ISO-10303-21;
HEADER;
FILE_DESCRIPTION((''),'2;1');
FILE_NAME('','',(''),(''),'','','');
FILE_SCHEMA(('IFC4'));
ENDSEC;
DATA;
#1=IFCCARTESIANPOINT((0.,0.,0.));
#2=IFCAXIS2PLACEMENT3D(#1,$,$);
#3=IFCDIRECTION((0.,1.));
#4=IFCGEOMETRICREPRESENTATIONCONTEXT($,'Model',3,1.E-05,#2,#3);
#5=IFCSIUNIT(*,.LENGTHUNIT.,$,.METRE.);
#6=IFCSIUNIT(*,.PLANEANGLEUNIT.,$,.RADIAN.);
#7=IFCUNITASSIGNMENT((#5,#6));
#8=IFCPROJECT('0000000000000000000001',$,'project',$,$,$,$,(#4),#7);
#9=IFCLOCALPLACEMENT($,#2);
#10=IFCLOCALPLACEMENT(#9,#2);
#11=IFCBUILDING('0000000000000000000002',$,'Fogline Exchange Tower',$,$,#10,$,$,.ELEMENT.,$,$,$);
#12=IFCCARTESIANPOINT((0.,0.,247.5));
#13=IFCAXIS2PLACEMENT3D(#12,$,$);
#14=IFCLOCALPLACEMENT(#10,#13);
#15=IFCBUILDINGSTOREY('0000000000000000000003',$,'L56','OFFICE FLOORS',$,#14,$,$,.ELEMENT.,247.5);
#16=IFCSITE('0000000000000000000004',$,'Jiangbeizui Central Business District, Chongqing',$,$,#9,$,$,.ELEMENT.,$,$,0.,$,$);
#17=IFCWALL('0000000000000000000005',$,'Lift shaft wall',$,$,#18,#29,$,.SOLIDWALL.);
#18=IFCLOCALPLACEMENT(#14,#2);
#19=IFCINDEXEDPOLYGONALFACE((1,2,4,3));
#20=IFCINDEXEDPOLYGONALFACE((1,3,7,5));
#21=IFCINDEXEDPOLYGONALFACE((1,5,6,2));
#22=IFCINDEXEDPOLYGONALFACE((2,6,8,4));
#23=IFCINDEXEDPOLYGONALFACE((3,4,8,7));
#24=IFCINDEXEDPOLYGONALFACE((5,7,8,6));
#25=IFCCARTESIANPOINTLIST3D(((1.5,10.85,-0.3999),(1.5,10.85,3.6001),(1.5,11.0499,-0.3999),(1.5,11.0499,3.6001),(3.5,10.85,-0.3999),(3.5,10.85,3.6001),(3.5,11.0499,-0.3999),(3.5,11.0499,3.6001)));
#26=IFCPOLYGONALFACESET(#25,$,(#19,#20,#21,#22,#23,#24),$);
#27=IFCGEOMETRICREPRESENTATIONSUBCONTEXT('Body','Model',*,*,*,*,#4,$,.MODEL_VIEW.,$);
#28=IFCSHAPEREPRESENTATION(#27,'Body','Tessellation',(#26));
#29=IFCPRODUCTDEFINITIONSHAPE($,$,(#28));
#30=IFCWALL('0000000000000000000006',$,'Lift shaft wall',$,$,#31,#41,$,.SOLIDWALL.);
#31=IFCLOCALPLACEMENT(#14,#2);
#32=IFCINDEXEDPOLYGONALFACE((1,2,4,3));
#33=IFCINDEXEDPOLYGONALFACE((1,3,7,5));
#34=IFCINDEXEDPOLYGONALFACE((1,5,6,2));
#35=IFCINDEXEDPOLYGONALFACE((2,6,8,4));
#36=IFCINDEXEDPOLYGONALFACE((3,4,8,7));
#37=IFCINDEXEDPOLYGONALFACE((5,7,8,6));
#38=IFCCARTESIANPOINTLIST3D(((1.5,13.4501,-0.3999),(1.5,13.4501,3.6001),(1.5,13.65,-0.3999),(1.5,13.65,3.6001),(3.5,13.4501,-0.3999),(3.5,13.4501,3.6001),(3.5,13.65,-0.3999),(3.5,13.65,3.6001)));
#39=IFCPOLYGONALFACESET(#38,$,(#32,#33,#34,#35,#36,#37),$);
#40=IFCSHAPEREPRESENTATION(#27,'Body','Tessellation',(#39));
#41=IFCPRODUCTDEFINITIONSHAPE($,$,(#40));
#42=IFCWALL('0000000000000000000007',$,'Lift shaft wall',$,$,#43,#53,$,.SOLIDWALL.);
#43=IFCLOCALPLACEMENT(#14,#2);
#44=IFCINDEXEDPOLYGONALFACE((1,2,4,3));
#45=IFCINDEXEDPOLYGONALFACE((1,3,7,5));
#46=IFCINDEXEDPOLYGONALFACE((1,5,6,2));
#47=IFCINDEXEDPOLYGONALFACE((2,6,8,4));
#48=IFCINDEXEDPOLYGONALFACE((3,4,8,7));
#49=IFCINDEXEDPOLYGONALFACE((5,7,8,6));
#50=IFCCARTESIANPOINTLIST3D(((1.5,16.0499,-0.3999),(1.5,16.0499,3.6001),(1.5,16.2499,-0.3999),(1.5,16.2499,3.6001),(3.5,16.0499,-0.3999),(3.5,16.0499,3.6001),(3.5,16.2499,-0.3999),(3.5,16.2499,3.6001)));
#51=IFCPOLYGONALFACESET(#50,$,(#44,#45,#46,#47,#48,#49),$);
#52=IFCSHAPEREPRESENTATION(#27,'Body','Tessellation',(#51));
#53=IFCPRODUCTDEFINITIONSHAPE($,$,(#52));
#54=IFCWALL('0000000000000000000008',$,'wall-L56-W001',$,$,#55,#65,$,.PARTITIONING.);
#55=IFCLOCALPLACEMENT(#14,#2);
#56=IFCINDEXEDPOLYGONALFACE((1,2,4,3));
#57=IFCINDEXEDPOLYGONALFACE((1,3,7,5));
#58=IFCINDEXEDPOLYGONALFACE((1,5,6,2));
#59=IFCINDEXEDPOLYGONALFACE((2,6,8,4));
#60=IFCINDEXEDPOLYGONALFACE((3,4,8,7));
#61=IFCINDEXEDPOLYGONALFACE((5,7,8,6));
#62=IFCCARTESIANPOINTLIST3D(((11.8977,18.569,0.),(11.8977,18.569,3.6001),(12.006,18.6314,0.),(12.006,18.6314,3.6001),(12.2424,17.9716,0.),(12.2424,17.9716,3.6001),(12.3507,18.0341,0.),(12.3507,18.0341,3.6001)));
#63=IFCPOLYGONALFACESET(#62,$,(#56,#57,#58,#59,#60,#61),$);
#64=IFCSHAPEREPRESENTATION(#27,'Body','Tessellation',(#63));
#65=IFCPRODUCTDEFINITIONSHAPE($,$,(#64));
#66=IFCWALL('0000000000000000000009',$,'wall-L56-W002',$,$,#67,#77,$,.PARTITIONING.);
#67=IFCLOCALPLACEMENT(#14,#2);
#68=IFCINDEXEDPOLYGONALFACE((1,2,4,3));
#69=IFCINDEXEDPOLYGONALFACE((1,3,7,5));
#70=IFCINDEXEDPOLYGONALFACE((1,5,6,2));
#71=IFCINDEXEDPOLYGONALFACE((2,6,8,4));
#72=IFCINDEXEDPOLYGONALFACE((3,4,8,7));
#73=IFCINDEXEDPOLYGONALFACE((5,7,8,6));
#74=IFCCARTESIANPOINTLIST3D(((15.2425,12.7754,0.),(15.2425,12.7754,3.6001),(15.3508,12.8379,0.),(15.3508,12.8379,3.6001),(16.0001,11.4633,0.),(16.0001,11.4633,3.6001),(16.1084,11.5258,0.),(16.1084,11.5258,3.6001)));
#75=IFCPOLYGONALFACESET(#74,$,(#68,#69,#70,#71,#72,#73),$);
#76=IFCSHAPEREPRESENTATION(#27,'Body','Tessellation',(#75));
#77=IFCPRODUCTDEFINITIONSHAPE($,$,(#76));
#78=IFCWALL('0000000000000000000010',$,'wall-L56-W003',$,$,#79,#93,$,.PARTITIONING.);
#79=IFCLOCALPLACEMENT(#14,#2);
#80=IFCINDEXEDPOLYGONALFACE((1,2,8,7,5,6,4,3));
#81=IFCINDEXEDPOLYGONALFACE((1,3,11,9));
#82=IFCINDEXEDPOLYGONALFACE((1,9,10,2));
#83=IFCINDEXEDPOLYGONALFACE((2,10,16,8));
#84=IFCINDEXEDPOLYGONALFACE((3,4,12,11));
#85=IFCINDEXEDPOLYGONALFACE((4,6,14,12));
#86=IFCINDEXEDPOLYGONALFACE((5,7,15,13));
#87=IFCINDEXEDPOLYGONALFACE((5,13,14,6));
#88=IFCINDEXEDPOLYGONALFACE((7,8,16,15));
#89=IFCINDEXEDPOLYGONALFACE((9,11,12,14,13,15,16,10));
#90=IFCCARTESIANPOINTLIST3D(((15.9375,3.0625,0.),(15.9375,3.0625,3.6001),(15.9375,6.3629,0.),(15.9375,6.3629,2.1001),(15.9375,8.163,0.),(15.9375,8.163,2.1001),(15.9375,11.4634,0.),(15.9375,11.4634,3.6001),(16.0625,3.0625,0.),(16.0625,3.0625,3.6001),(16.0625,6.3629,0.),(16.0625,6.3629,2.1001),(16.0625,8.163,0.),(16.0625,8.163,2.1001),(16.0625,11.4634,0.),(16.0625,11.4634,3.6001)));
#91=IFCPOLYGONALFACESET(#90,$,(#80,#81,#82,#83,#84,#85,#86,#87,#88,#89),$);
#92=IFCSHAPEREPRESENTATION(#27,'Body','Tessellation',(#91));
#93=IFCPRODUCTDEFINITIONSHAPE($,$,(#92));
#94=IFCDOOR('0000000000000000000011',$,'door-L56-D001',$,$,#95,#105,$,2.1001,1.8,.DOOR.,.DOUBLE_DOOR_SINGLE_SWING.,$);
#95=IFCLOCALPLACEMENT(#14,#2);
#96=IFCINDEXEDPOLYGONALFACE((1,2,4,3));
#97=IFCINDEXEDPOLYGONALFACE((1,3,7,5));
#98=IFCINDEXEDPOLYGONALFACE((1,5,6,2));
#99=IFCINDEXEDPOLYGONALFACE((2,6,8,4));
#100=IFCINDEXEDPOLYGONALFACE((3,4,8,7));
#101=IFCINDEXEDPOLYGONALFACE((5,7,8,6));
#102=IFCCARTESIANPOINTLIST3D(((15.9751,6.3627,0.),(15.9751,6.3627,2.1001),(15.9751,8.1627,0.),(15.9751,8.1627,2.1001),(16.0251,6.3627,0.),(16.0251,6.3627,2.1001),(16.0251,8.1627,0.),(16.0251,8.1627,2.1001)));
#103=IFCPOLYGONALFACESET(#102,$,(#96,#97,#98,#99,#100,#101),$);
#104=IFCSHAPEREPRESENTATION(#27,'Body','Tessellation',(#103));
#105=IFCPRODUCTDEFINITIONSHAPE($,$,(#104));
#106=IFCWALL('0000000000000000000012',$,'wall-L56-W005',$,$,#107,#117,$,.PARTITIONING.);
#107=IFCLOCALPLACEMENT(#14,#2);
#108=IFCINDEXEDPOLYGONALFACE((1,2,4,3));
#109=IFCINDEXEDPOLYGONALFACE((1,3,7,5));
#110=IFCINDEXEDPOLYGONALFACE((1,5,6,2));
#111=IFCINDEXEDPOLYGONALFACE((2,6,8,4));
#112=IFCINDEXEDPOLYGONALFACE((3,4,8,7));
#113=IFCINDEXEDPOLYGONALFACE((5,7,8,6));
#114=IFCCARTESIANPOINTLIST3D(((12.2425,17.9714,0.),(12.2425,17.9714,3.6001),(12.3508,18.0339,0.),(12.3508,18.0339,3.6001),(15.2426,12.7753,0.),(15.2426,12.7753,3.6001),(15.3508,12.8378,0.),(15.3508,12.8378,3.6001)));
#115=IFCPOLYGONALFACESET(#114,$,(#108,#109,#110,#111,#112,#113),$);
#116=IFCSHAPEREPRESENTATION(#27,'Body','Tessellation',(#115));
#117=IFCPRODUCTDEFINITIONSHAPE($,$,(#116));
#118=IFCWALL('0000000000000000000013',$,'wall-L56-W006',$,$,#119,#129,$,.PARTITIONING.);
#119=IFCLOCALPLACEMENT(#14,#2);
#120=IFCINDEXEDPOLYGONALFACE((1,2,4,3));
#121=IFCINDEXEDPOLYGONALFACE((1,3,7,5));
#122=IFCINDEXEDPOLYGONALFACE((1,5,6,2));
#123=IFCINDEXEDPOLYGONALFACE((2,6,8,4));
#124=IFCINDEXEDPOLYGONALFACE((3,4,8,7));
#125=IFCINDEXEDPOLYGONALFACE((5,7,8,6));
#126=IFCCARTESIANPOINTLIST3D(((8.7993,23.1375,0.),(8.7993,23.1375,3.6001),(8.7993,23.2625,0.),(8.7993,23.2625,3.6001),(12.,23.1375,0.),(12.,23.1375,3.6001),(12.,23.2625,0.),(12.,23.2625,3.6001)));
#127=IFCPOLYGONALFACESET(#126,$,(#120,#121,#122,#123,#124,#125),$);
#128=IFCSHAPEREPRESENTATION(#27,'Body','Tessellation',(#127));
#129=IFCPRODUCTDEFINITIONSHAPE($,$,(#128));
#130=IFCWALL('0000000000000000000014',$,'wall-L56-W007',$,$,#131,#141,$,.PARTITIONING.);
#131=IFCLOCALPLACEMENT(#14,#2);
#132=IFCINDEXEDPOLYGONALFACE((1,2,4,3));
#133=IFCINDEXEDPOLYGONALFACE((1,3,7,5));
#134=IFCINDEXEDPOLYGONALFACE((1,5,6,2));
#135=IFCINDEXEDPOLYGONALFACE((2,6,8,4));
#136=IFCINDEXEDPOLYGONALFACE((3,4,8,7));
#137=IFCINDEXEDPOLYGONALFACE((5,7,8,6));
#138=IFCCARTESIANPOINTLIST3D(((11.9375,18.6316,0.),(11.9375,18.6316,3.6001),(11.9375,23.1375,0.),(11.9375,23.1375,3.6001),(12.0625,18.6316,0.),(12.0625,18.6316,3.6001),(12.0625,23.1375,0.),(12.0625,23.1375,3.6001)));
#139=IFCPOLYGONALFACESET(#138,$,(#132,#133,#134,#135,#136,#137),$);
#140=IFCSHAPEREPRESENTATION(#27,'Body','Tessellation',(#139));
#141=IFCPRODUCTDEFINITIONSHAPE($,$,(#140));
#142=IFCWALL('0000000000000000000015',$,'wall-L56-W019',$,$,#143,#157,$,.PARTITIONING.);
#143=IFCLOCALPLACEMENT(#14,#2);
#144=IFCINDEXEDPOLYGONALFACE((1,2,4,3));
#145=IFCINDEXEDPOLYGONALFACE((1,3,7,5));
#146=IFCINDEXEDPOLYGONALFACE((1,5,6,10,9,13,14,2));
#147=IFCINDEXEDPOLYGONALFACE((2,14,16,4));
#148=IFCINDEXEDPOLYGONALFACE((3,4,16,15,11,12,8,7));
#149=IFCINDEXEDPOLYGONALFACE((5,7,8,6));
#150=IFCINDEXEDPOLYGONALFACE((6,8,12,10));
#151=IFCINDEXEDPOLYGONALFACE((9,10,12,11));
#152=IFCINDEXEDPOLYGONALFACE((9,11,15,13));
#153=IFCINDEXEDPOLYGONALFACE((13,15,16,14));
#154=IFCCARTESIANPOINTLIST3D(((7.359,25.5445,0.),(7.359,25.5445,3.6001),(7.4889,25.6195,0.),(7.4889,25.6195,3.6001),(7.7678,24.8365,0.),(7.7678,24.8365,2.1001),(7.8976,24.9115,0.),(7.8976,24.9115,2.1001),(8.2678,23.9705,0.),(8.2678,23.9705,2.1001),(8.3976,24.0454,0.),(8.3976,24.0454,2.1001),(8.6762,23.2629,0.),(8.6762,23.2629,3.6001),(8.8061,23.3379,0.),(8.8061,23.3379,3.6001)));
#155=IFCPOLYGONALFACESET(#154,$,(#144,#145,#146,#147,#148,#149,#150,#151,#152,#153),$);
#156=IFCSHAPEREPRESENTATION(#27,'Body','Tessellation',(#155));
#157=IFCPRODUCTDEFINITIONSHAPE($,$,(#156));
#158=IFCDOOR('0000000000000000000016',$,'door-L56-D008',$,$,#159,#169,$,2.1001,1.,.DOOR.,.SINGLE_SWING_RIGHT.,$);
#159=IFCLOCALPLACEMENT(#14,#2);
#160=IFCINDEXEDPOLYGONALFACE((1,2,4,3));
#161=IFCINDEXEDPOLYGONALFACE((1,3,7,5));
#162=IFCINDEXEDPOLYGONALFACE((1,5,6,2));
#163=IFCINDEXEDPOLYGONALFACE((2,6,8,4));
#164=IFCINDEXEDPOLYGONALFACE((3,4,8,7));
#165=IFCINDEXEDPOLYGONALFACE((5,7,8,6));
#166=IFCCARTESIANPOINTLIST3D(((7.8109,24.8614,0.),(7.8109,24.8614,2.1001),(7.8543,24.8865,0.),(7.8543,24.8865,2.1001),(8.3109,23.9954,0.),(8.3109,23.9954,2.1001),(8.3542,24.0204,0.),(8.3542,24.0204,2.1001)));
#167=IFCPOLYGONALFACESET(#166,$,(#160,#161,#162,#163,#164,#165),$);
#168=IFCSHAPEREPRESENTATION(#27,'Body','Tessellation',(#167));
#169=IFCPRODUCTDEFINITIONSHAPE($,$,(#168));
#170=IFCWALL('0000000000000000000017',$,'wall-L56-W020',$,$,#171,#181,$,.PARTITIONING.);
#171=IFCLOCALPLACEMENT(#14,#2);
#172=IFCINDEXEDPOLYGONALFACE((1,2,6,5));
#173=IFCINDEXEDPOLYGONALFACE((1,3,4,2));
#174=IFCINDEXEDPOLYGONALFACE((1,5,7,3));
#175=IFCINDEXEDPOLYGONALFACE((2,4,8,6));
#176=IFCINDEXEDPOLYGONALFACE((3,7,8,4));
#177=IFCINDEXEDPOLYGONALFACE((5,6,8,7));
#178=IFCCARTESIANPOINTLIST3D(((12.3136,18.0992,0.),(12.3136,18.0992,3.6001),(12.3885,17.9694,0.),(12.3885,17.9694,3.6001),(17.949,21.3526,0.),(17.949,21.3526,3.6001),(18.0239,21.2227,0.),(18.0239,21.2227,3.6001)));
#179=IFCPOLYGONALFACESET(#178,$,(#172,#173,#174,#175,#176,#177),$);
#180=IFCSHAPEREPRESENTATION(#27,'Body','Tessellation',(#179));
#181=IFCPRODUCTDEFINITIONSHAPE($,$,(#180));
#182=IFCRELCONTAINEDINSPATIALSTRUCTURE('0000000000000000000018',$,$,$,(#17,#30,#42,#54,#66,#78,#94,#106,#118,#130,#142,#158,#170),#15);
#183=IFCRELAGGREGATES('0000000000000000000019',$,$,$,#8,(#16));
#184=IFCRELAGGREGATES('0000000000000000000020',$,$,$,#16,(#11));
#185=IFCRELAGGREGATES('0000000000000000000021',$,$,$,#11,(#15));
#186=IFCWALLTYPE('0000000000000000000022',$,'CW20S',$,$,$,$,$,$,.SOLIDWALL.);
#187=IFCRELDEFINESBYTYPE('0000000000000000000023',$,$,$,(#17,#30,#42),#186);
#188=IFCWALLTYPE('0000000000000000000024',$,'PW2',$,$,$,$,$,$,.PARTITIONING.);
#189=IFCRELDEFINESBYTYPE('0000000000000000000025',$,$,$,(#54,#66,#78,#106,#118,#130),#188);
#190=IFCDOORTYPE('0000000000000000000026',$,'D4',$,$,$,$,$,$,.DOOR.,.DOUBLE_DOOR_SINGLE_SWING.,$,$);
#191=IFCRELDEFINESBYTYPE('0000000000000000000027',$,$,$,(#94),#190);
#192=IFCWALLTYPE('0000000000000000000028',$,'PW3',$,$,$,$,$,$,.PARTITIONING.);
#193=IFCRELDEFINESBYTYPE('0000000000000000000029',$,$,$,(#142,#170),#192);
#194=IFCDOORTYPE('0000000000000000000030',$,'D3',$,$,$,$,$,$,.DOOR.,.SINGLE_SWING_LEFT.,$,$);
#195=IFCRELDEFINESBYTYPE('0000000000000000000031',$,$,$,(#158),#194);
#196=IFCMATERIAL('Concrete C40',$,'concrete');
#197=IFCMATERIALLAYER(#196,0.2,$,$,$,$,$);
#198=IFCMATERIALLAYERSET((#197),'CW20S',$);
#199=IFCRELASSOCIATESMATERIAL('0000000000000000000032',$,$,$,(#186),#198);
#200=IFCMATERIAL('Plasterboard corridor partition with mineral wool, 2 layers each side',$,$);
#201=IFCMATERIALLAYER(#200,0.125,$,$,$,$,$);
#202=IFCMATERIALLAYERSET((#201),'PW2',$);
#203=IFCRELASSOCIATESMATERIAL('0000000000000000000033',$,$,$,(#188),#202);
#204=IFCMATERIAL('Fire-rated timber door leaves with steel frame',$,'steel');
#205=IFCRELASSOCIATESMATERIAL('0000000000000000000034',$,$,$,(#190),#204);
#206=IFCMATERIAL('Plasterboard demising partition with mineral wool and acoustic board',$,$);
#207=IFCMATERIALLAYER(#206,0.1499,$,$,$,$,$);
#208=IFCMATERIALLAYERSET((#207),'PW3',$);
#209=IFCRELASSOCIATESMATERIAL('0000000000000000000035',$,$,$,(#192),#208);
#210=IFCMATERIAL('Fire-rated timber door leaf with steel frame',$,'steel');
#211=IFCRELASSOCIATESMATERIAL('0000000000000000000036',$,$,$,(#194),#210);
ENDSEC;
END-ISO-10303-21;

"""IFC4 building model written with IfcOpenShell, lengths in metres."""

from ifc_helpers import new_model, si_unit, direction, frame, frame_2d, origin, place, context, subcontext, project, spatial, rectangle, extrude, material, layer, layer_set, type_object, element, fill, save


model = new_model("IFC4")

# Units and contexts
model_context = context("Model", 3, precision=1e-05, world=origin(), true_north=direction((0.0, 1.0)))
body_context = subcontext(model_context, "Body", "Model", "MODEL_VIEW")
ifc_project = project(units=[si_unit("LENGTHUNIT", "METRE"), si_unit("PLANEANGLEUNIT", "RADIAN")], contexts=[model_context])

# Site, building, storey
site_placement = place(None, origin())
site = spatial("IfcSite", under=ifc_project, at=site_placement, Name="Jiangbeizui Central Business District, Chongqing", CompositionType="ELEMENT", RefElevation=0.0)
building_placement = place(site_placement, origin())
building = spatial("IfcBuilding", under=site, at=building_placement, Name="Fogline Exchange Tower", CompositionType="ELEMENT")
storey_placement = place(building_placement, frame((0.0, 0.0, 247.5)))
storey = spatial("IfcBuildingStorey", under=building, at=storey_placement, Name="L56", Description="OFFICE FLOORS", CompositionType="ELEMENT", Elevation=247.5)

# Shared definitions
ifc_material_1 = material(Name="Concrete C40", Category="concrete")

# Walls
ifc_layer_1 = layer(ifc_material_1, 0.2)
ifc_layer_set_1 = layer_set([ifc_layer_1], Name="CW20S")
wall_type_1 = type_object("IfcWallType", Name="CW20S", PredefinedType="SOLIDWALL", material=ifc_layer_set_1)
for number, where, z_axis, x_axis, name in (
    (1, (1.5, 10.95, -0.3999), (0.0, 0.0, 1.0), (1.0, 0.0, 0.0), "Lift shaft wall"),
    (2, (1.5, 13.55, -0.3999), (0.0, 0.0, 1.0), (1.0, 0.0, 0.0), "Lift shaft wall"),
    (3, (1.5, 16.1499, -0.3999), (0.0, 0.0, 1.0), (1.0, 0.0, 0.0), "Lift shaft wall"),
):
    element("IfcWall", number, at=place(storey_placement, frame(where, z_axis=z_axis, x_axis=x_axis)), inside=storey, type_object=wall_type_1, Name=name, PredefinedType="SOLIDWALL", context=body_context, shape_type="SweptSolid", body=[
        extrude(rectangle(XDim=2.0, YDim=0.2, at=frame_2d((1.0, 0.0))), origin(), (0.0, 0.0, 1.0), 4.0),
    ])
ifc_material_2 = material(Name="Plasterboard corridor partition with mineral wool, 2 layers each side")
ifc_layer_2 = layer(ifc_material_2, 0.125)
ifc_layer_set_2 = layer_set([ifc_layer_2], Name="PW2")
wall_type_2 = type_object("IfcWallType", Name="PW2", PredefinedType="PARTITIONING", material=ifc_layer_set_2)
wall_1_placement = place(storey_placement, frame((11.9519, 18.6001, 0.0), z_axis=(0.0, 0.0, 1.0), x_axis=(0.499794, -0.866144, 0.0)))
element("IfcWall", 4, at=wall_1_placement, inside=storey, type_object=wall_type_2, Name="wall-L56-W001", PredefinedType="PARTITIONING", context=body_context, shape_type="SweptSolid", body=[
    extrude(rectangle(XDim=0.6897, YDim=0.125, at=frame_2d((0.3447, 0.0))), origin(), (0.0, 0.0, 1.0), 3.6001),
])
wall_2_placement = place(storey_placement, frame((15.2966, 12.8066, 0.0), z_axis=(0.0, 0.0, 1.0), x_axis=(0.500039, -0.866003, 0.0)))
element("IfcWall", 5, at=wall_2_placement, inside=storey, type_object=wall_type_2, Name="wall-L56-W002", PredefinedType="PARTITIONING", context=body_context, shape_type="SweptSolid", body=[
    extrude(rectangle(XDim=1.5151, YDim=0.125, at=frame_2d((0.7576, 0.0))), origin(), (0.0, 0.0, 1.0), 3.6001),
])

# Wall, opening, door
wall_3_placement = place(storey_placement, frame((16.0, 11.4634, 0.0), z_axis=(0.0, 0.0, 1.0), x_axis=(0.0, -1.0, 0.0)))
wall_3 = element("IfcWall", 6, at=wall_3_placement, inside=storey, type_object=wall_type_2, Name="wall-L56-W003", PredefinedType="PARTITIONING", context=body_context, shape_type="SweptSolid", body=[
    extrude(rectangle(XDim=8.4009, YDim=0.125, at=frame_2d((4.2004, 0.0))), origin(), (0.0, 0.0, 1.0), 3.6001),
])
opening_1_placement = place(wall_3_placement, frame((3.3005, 0.0, 0.0)))
opening_1 = element("IfcOpeningElement", 7, at=opening_1_placement, cuts=wall_3, PredefinedType="OPENING", context=body_context, shape_type="SweptSolid", body=[
    extrude(rectangle(XDim=1.8, YDim=2.1001, at=frame_2d((0.8999, 1.05))), frame((0.0, 0.0725, 0.0), z_axis=(0.0, -1.0, 0.0), x_axis=(1.0, 0.0, 0.0)), (0.0, 0.0, 1.0), 0.145),
])
ifc_material_3 = material(Name="Fire-rated timber door leaves with steel frame", Category="steel")
door_type_1 = type_object("IfcDoorType", Name="D4", OperationType="DOUBLE_DOOR_SINGLE_SWING", PredefinedType="DOOR", material=ifc_material_3)
door_1_placement = place(opening_1_placement, frame((1.8, 0.0, 0.0), z_axis=(0.0, 0.0, 1.0), x_axis=(-1.0, 0.0, 0.0)))
door_1 = element("IfcDoor", 8, at=door_1_placement, inside=storey, type_object=door_type_1, Name="door-L56-D001", OperationType="DOUBLE_DOOR_SINGLE_SWING", OverallHeight=2.1001, OverallWidth=1.8, PredefinedType="DOOR", context=body_context, shape_type="SweptSolid", body=[
    extrude(rectangle(XDim=1.8, YDim=2.1001, at=frame_2d((0.8999, 1.05))), frame((0.0, 0.0249, 0.0), z_axis=(0.0, -1.0, 0.0), x_axis=(1.0, 0.0, 0.0)), (0.0, 0.0, 1.0), 0.05),
])
fill(opening_1, door_1)

# Walls
wall_4_placement = place(storey_placement, frame((12.2966, 18.0027, 0.0), z_axis=(0.0, 0.0, 1.0), x_axis=(0.500008, -0.866021, 0.0)))
element("IfcWall", 9, at=wall_4_placement, inside=storey, type_object=wall_type_2, Name="wall-L56-W005", PredefinedType="PARTITIONING", context=body_context, shape_type="SweptSolid", body=[
    extrude(rectangle(XDim=6.0, YDim=0.125, at=frame_2d((3.0, 0.0))), origin(), (0.0, 0.0, 1.0), 3.6001),
])
wall_5_placement = place(storey_placement, frame((8.7993, 23.2, 0.0), z_axis=(0.0, 0.0, 1.0), x_axis=(1.0, 0.0, 0.0)))
element("IfcWall", 10, at=wall_5_placement, inside=storey, type_object=wall_type_2, Name="wall-L56-W006", PredefinedType="PARTITIONING", context=body_context, shape_type="SweptSolid", body=[
    extrude(rectangle(XDim=3.2007, YDim=0.125, at=frame_2d((1.6003, 0.0))), origin(), (0.0, 0.0, 1.0), 3.6001),
])
wall_6_placement = place(storey_placement, frame((12.0, 23.1375, 0.0), z_axis=(0.0, 0.0, 1.0), x_axis=(0.0, -1.0, 0.0)))
element("IfcWall", 11, at=wall_6_placement, inside=storey, type_object=wall_type_2, Name="wall-L56-W007", PredefinedType="PARTITIONING", context=body_context, shape_type="SweptSolid", body=[
    extrude(rectangle(XDim=4.5059, YDim=0.125, at=frame_2d((2.2529, 0.0))), origin(), (0.0, 0.0, 1.0), 3.6001),
])

# Wall, opening, door
ifc_material_4 = material(Name="Plasterboard demising partition with mineral wool and acoustic board")
ifc_layer_3 = layer(ifc_material_4, 0.1499)
ifc_layer_set_3 = layer_set([ifc_layer_3], Name="PW3")
wall_type_3 = type_object("IfcWallType", Name="PW3", PredefinedType="PARTITIONING", material=ifc_layer_set_3)
wall_7_placement = place(storey_placement, frame((8.7412, 23.3003, 0.0), z_axis=(0.0, 0.0, 1.0), x_axis=(-0.499976, 0.866039, 0.0)))
wall_7 = element("IfcWall", 12, at=wall_7_placement, inside=storey, type_object=wall_type_3, Name="wall-L56-W019", PredefinedType="PARTITIONING", context=body_context, shape_type="SweptSolid", body=[
    extrude(rectangle(XDim=2.6345, YDim=0.1499, at=frame_2d((1.3174, 0.0))), origin(), (0.0, 0.0, 1.0), 3.6001),
])
opening_2_placement = place(wall_7_placement, frame((0.8171, 0.0, 0.0)))
opening_2 = element("IfcOpeningElement", 13, at=opening_2_placement, cuts=wall_7, PredefinedType="OPENING", context=body_context, shape_type="SweptSolid", body=[
    extrude(rectangle(XDim=1.0, YDim=2.1001, at=frame_2d((0.5, 1.05))), frame((0.0, 0.085, 0.0), z_axis=(0.0, -1.0, 0.0), x_axis=(1.0, 0.0, 0.0)), (0.0, 0.0, 1.0), 0.1699),
])
ifc_material_5 = material(Name="Fire-rated timber door leaf with steel frame", Category="steel")
door_type_2 = type_object("IfcDoorType", Name="D3", OperationType="SINGLE_SWING_LEFT", PredefinedType="DOOR", material=ifc_material_5)
door_2_placement = place(opening_2_placement, frame((1.0, 0.0, 0.0), z_axis=(0.0, 0.0, 1.0), x_axis=(-1.0, 0.0, 0.0)))
door_2 = element("IfcDoor", 14, at=door_2_placement, inside=storey, type_object=door_type_2, Name="door-L56-D008", OperationType="SINGLE_SWING_RIGHT", OverallHeight=2.1001, OverallWidth=1.0, PredefinedType="DOOR", context=body_context, shape_type="SweptSolid", body=[
    extrude(rectangle(XDim=1.0, YDim=2.1001, at=frame_2d((0.5, 1.05))), frame((0.0, 0.0249, 0.0), z_axis=(0.0, -1.0, 0.0), x_axis=(1.0, 0.0, 0.0)), (0.0, 0.0, 1.0), 0.05),
])
fill(opening_2, door_2)

# Wall
wall_8_placement = place(storey_placement, frame((17.9863, 21.2876, 0.0), z_axis=(0.0, 0.0, 1.0), x_axis=(-0.866041, -0.499973, 0.0)))
element("IfcWall", 15, at=wall_8_placement, inside=storey, type_object=wall_type_3, Name="wall-L56-W020", PredefinedType="PARTITIONING", context=body_context, shape_type="SweptSolid", body=[
    extrude(rectangle(XDim=6.5071, YDim=0.1499, at=frame_2d((3.2534, 0.0))), origin(), (0.0, 0.0, 1.0), 3.6001),
])

save(model, "model.ifc")
